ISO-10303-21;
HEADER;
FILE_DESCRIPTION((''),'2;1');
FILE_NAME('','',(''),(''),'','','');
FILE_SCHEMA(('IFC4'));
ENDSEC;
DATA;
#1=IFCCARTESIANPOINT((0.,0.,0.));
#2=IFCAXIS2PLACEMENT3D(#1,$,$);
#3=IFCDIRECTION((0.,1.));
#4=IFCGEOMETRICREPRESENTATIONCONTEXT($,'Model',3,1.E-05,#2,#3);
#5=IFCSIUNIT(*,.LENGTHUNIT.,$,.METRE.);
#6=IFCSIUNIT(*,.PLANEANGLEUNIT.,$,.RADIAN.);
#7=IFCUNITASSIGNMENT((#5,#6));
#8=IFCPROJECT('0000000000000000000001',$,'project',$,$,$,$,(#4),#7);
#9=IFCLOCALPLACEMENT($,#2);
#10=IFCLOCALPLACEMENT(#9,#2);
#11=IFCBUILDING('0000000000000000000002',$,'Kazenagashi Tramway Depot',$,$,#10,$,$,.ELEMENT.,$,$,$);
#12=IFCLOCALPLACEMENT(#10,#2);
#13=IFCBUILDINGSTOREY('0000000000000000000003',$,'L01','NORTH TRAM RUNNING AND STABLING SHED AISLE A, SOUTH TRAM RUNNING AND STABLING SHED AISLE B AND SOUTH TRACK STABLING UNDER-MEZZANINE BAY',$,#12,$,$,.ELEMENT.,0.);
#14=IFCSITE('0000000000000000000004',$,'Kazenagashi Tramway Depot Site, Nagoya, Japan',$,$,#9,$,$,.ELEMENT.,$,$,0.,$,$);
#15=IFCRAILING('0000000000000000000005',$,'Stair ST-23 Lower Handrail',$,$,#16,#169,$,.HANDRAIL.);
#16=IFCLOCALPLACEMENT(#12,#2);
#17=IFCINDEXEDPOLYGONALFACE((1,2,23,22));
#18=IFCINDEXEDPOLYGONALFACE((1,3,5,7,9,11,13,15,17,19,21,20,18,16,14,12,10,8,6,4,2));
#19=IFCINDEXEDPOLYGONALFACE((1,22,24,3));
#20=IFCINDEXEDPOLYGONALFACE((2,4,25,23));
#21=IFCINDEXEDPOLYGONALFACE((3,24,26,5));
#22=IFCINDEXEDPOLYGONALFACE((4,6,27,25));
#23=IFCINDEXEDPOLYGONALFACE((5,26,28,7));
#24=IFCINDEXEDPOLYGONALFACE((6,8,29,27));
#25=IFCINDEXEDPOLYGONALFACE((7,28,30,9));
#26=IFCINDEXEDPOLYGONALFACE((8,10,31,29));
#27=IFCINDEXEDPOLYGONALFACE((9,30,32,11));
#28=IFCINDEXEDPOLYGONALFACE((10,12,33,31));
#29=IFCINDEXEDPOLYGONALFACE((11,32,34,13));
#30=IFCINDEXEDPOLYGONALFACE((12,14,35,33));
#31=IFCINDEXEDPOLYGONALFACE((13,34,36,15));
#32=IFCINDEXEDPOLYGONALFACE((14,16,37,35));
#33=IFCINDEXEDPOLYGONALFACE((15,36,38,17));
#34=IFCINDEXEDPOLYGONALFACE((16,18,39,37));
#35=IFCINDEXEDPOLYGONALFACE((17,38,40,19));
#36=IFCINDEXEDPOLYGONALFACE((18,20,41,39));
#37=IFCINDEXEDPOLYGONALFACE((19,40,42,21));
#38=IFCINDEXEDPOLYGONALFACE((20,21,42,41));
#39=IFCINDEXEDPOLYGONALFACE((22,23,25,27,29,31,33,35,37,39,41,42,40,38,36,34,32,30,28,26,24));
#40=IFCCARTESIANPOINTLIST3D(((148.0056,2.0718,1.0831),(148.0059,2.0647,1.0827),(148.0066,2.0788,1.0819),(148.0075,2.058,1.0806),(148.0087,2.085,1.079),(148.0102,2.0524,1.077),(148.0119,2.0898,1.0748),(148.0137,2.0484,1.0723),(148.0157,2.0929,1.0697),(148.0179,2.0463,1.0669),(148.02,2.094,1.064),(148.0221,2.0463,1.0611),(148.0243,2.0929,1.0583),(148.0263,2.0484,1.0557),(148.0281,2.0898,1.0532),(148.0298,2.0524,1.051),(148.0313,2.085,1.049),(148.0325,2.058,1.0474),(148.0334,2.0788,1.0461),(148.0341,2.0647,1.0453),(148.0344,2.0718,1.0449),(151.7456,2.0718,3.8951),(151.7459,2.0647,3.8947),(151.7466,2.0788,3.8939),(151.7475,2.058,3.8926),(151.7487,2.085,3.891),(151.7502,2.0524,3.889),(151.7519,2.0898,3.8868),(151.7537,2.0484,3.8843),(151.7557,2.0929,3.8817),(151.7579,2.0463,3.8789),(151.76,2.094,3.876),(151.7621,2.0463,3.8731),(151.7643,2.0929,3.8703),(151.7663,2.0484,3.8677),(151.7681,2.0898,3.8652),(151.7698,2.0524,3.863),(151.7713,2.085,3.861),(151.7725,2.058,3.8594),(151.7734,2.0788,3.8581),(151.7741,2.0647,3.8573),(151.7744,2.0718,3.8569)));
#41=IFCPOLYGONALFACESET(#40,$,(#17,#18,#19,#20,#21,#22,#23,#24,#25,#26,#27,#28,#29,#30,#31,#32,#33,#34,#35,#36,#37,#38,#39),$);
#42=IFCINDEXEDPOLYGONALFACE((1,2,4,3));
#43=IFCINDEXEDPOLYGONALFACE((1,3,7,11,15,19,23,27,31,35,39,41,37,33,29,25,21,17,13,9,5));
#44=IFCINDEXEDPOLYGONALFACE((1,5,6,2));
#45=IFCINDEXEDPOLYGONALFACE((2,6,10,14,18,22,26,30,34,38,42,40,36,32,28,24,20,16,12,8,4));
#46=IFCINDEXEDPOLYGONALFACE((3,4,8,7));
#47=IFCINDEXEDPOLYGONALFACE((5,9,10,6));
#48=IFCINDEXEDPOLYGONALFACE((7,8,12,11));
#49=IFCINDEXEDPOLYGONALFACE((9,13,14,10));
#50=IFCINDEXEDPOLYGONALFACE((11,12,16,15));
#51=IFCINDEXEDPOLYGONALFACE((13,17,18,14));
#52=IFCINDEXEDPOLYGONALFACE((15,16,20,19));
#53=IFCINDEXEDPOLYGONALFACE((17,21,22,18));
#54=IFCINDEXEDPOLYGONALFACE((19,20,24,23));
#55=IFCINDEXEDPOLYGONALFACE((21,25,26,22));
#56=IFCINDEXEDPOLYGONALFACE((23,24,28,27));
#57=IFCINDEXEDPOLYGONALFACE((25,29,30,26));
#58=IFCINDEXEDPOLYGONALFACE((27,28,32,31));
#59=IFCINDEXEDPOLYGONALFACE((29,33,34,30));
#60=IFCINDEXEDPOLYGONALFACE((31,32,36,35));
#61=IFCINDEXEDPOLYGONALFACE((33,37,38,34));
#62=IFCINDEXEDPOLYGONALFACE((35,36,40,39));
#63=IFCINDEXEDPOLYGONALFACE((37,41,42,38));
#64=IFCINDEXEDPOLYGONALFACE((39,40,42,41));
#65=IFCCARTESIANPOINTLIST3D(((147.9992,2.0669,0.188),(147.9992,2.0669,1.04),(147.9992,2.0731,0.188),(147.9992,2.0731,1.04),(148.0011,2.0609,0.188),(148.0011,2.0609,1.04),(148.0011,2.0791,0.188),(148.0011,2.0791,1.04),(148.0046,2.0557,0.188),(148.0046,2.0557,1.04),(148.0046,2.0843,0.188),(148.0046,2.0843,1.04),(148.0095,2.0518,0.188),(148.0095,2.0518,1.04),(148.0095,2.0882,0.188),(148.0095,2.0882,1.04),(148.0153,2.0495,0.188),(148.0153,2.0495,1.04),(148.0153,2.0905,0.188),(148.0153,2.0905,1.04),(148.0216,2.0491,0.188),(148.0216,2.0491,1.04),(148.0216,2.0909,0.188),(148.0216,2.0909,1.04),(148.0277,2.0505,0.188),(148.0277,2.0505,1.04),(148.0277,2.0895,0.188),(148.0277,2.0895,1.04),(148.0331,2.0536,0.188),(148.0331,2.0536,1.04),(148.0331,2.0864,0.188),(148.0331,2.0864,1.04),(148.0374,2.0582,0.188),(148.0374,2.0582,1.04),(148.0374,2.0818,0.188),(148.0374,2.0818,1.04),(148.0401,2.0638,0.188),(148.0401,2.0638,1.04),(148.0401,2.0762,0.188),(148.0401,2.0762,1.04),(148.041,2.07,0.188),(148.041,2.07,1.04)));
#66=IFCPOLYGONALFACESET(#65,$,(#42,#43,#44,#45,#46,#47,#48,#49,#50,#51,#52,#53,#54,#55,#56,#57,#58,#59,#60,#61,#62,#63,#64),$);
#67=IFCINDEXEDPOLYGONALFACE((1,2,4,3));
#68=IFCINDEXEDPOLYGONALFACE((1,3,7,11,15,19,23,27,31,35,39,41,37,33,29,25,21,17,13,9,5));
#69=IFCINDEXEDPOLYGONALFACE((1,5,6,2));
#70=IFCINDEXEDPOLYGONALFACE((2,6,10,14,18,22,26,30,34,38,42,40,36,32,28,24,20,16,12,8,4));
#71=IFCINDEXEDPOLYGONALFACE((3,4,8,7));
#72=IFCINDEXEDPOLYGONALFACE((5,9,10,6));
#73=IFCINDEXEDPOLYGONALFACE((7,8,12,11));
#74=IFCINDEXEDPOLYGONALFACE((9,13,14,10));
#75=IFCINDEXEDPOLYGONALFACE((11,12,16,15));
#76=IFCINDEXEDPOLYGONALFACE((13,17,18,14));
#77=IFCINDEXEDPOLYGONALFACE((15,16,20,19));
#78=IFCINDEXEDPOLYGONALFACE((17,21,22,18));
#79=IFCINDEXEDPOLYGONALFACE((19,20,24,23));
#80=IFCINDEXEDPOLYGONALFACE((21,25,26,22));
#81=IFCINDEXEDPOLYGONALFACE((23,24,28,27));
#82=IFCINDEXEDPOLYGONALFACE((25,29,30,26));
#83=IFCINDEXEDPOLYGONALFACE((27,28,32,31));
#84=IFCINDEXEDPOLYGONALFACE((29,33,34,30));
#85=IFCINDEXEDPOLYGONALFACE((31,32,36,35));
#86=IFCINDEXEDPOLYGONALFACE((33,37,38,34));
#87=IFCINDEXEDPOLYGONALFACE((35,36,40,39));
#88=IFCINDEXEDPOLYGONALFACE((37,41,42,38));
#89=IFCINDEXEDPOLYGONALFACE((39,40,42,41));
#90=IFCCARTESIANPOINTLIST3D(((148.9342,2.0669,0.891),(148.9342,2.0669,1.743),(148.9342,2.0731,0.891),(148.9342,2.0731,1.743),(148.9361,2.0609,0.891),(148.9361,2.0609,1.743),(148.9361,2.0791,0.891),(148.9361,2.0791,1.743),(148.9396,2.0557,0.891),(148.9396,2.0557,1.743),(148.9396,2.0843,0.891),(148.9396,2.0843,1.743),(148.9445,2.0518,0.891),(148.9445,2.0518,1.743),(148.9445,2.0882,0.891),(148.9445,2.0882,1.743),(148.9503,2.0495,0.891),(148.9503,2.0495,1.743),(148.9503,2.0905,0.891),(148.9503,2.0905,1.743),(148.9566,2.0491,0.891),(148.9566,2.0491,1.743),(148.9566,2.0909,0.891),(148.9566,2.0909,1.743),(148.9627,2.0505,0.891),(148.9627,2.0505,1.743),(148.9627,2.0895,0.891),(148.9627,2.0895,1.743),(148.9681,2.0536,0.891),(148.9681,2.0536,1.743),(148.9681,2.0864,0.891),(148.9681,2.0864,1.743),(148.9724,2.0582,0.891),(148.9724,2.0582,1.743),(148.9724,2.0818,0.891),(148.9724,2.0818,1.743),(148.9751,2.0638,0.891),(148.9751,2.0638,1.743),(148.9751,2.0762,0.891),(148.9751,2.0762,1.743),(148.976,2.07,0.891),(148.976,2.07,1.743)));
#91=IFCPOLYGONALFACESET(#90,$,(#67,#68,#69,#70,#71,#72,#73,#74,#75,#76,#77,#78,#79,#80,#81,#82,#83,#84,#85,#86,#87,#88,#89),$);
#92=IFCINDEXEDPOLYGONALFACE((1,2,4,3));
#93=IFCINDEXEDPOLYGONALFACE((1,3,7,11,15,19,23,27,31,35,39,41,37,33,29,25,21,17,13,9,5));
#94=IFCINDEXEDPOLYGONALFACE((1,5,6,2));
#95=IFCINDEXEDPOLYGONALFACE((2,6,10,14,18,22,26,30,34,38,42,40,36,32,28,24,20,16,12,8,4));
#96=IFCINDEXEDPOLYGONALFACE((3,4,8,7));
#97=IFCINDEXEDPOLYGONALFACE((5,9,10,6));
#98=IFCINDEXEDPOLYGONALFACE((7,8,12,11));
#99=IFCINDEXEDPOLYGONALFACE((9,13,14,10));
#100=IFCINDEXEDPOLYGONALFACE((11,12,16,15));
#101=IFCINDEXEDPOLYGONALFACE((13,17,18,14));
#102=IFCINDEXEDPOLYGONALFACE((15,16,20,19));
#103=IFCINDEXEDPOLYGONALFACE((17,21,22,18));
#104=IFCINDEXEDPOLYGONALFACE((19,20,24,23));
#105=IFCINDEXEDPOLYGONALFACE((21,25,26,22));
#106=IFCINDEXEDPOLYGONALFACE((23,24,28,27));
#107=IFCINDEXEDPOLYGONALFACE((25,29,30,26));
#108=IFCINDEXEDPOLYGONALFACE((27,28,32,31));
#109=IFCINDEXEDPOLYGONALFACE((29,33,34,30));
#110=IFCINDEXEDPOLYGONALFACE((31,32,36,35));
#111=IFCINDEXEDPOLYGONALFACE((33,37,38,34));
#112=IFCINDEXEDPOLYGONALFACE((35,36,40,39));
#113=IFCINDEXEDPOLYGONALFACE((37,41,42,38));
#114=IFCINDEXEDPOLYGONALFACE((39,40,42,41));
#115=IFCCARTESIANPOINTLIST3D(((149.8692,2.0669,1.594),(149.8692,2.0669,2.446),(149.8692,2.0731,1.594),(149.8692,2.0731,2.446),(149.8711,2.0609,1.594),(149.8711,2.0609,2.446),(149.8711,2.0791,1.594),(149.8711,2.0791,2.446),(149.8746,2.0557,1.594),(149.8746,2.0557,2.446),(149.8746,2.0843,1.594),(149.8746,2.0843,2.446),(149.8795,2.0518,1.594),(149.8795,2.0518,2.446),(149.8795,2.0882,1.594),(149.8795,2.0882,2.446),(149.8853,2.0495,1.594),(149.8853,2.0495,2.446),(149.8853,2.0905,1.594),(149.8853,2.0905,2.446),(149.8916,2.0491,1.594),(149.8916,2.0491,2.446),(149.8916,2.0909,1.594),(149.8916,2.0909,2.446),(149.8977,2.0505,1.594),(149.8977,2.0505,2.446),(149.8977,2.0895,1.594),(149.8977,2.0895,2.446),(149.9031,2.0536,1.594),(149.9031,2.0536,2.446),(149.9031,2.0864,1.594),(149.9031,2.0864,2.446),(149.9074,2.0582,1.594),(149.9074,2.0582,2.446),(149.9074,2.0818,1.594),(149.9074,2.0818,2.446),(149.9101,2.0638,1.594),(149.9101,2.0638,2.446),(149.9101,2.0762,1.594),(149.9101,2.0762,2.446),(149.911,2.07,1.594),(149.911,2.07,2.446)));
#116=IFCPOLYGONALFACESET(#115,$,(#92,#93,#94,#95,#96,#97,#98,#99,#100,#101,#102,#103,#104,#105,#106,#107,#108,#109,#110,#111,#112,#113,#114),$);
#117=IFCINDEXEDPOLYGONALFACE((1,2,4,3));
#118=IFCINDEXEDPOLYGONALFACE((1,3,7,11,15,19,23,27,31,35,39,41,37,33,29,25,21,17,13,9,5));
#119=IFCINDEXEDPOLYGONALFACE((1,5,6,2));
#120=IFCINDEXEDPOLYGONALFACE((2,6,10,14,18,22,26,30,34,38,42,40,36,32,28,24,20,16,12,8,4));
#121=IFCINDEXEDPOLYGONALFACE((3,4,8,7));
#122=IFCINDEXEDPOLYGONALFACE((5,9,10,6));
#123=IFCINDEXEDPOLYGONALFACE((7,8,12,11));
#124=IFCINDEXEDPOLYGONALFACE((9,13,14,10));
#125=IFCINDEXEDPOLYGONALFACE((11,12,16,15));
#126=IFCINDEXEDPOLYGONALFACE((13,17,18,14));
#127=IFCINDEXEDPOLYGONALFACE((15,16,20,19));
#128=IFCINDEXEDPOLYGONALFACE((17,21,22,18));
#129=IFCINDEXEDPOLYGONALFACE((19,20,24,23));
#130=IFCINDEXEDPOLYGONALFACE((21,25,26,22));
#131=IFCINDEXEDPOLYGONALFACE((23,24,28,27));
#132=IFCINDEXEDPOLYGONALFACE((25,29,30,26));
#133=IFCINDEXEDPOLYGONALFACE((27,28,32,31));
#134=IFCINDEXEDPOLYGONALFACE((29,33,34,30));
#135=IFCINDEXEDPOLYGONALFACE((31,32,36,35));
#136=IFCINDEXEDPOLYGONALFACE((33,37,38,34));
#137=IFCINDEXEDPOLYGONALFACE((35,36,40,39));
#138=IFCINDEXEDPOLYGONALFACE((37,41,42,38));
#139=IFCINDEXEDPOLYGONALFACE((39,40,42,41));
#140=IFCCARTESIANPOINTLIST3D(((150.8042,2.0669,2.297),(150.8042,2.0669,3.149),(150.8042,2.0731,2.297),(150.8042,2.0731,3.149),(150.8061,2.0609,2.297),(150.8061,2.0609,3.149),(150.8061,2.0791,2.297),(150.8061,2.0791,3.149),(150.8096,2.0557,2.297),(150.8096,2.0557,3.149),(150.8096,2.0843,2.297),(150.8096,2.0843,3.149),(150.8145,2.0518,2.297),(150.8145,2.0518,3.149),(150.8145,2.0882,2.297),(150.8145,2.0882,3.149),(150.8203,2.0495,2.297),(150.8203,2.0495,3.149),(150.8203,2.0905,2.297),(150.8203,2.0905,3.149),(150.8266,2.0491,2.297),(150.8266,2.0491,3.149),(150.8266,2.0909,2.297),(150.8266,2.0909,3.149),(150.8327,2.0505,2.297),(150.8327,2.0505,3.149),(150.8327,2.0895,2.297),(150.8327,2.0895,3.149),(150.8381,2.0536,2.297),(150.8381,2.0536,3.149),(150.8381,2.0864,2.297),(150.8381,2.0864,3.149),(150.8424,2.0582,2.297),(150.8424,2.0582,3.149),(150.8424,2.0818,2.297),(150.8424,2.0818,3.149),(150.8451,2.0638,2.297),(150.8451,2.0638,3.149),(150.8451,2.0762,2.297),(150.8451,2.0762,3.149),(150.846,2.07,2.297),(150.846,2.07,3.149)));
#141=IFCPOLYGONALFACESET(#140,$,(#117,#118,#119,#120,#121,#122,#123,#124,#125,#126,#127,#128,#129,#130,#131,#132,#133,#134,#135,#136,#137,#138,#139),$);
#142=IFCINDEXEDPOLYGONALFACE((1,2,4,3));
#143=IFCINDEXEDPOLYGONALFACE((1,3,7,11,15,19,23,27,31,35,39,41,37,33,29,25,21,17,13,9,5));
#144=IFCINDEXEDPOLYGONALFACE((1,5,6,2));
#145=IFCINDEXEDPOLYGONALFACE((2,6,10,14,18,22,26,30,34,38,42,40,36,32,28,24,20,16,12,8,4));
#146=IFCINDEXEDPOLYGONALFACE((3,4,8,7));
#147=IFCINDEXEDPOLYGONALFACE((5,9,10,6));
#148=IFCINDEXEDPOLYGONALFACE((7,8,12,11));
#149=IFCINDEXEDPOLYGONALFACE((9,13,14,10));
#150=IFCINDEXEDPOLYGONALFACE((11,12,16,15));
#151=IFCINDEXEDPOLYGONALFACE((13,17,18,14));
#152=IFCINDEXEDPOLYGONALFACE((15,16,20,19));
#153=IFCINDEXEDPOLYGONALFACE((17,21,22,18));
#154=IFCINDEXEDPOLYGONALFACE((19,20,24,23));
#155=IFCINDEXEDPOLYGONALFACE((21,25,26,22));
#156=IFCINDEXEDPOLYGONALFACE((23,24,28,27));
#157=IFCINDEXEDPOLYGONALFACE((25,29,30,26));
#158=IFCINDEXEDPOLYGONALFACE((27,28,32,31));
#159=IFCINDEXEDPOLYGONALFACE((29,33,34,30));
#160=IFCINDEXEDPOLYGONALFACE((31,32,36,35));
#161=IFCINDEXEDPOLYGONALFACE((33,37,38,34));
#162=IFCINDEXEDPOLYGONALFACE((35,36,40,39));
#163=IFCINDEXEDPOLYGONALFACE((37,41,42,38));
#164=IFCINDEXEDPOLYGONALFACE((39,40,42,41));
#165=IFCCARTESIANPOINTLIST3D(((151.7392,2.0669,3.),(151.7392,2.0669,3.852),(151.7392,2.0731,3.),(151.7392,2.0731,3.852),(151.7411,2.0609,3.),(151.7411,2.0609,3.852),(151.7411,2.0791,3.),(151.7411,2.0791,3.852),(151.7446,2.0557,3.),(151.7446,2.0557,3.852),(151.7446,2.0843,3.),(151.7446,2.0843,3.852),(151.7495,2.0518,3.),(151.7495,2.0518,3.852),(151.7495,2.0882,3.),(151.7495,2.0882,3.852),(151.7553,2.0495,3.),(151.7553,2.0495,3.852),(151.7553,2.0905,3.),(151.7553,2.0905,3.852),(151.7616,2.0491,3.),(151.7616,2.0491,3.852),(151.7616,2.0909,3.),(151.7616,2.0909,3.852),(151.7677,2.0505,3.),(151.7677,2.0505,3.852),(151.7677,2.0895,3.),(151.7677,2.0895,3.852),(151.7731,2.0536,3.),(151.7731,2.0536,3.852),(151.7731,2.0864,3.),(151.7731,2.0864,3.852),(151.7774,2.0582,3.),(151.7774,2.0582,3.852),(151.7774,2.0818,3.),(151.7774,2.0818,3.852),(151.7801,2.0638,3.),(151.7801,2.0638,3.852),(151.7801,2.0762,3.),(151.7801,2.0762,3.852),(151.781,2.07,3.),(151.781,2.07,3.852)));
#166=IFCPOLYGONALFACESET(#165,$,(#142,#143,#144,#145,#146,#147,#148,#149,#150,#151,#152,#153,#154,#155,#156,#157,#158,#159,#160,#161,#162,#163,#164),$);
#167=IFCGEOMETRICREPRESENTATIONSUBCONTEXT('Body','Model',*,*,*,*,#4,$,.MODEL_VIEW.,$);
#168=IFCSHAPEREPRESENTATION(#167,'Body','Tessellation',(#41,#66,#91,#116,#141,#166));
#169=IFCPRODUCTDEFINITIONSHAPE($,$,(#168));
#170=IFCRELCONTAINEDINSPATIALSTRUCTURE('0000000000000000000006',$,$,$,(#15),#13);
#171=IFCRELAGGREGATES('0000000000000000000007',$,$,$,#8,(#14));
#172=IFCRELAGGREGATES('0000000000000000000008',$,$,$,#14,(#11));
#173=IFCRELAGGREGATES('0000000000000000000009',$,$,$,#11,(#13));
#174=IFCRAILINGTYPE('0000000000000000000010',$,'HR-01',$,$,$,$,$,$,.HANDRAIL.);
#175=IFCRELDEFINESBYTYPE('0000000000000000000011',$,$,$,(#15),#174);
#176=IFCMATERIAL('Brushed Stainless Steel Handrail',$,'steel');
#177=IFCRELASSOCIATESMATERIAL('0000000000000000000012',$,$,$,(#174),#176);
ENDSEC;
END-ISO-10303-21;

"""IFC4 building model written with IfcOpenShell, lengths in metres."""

from ifc_helpers import new_model, si_unit, direction, frame, origin, origin_2d, place, context, subcontext, project, spatial, circle, extrude, material, type_object, element, save


model = new_model("IFC4")

# Units and contexts
model_context = context("Model", 3, precision=1e-05, world=origin(), true_north=direction((0.0, 1.0)))
body_context = subcontext(model_context, "Body", "Model", "MODEL_VIEW")
ifc_project = project(units=[si_unit("LENGTHUNIT", "METRE"), si_unit("PLANEANGLEUNIT", "RADIAN")], contexts=[model_context])

# Site, building, storey
site_placement = place(None, origin())
site = spatial("IfcSite", under=ifc_project, at=site_placement, Name="Kazenagashi Tramway Depot Site, Nagoya, Japan", CompositionType="ELEMENT", RefElevation=0.0)
building_placement = place(site_placement, origin())
building = spatial("IfcBuilding", under=site, at=building_placement, Name="Kazenagashi Tramway Depot", CompositionType="ELEMENT")
storey_placement = place(building_placement, origin())
storey = spatial("IfcBuildingStorey", under=building, at=storey_placement, Name="L01", Description="NORTH TRAM RUNNING AND STABLING SHED AISLE A, SOUTH TRAM RUNNING AND STABLING SHED AISLE B AND SOUTH TRACK STABLING UNDER-MEZZANINE BAY", CompositionType="ELEMENT", Elevation=0.0)

# Railing
ifc_material_1 = material(Name="Brushed Stainless Steel Handrail", Category="steel")
railing_type = type_object("IfcRailingType", Name="HR-01", PredefinedType="HANDRAIL", material=ifc_material_1)
railing_1_placement = place(storey_placement, frame((148.02, 2.07, 0.188)))
element("IfcRailing", 1, at=railing_1_placement, inside=storey, type_object=railing_type, Name="Stair ST-23 Lower Handrail", PredefinedType="HANDRAIL", context=body_context, shape_type="SweptSolid", body=[
    extrude(circle(Radius=0.024, at=origin_2d()), frame((0.0, 0.0, 0.876), z_axis=(0.799281, 0.0, 0.600957), x_axis=(0.0, 1.0, 0.0)), (0.0, 0.0, 1.0), 4.6792),
    extrude(circle(Radius=0.021, at=origin_2d()), origin(), (0.0, 0.0, 1.0), 0.852),
    extrude(circle(Radius=0.021, at=origin_2d()), frame((0.935, 0.0, 0.703)), (0.0, 0.0, 1.0), 0.852),
    extrude(circle(Radius=0.021, at=origin_2d()), frame((1.87, 0.0, 1.406)), (0.0, 0.0, 1.0), 0.852),
    extrude(circle(Radius=0.021, at=origin_2d()), frame((2.805, 0.0, 2.109)), (0.0, 0.0, 1.0), 0.852),
    extrude(circle(Radius=0.021, at=origin_2d()), frame((3.74, 0.0, 2.812)), (0.0, 0.0, 1.0), 0.852),
])

save(model, "model.ifc")
